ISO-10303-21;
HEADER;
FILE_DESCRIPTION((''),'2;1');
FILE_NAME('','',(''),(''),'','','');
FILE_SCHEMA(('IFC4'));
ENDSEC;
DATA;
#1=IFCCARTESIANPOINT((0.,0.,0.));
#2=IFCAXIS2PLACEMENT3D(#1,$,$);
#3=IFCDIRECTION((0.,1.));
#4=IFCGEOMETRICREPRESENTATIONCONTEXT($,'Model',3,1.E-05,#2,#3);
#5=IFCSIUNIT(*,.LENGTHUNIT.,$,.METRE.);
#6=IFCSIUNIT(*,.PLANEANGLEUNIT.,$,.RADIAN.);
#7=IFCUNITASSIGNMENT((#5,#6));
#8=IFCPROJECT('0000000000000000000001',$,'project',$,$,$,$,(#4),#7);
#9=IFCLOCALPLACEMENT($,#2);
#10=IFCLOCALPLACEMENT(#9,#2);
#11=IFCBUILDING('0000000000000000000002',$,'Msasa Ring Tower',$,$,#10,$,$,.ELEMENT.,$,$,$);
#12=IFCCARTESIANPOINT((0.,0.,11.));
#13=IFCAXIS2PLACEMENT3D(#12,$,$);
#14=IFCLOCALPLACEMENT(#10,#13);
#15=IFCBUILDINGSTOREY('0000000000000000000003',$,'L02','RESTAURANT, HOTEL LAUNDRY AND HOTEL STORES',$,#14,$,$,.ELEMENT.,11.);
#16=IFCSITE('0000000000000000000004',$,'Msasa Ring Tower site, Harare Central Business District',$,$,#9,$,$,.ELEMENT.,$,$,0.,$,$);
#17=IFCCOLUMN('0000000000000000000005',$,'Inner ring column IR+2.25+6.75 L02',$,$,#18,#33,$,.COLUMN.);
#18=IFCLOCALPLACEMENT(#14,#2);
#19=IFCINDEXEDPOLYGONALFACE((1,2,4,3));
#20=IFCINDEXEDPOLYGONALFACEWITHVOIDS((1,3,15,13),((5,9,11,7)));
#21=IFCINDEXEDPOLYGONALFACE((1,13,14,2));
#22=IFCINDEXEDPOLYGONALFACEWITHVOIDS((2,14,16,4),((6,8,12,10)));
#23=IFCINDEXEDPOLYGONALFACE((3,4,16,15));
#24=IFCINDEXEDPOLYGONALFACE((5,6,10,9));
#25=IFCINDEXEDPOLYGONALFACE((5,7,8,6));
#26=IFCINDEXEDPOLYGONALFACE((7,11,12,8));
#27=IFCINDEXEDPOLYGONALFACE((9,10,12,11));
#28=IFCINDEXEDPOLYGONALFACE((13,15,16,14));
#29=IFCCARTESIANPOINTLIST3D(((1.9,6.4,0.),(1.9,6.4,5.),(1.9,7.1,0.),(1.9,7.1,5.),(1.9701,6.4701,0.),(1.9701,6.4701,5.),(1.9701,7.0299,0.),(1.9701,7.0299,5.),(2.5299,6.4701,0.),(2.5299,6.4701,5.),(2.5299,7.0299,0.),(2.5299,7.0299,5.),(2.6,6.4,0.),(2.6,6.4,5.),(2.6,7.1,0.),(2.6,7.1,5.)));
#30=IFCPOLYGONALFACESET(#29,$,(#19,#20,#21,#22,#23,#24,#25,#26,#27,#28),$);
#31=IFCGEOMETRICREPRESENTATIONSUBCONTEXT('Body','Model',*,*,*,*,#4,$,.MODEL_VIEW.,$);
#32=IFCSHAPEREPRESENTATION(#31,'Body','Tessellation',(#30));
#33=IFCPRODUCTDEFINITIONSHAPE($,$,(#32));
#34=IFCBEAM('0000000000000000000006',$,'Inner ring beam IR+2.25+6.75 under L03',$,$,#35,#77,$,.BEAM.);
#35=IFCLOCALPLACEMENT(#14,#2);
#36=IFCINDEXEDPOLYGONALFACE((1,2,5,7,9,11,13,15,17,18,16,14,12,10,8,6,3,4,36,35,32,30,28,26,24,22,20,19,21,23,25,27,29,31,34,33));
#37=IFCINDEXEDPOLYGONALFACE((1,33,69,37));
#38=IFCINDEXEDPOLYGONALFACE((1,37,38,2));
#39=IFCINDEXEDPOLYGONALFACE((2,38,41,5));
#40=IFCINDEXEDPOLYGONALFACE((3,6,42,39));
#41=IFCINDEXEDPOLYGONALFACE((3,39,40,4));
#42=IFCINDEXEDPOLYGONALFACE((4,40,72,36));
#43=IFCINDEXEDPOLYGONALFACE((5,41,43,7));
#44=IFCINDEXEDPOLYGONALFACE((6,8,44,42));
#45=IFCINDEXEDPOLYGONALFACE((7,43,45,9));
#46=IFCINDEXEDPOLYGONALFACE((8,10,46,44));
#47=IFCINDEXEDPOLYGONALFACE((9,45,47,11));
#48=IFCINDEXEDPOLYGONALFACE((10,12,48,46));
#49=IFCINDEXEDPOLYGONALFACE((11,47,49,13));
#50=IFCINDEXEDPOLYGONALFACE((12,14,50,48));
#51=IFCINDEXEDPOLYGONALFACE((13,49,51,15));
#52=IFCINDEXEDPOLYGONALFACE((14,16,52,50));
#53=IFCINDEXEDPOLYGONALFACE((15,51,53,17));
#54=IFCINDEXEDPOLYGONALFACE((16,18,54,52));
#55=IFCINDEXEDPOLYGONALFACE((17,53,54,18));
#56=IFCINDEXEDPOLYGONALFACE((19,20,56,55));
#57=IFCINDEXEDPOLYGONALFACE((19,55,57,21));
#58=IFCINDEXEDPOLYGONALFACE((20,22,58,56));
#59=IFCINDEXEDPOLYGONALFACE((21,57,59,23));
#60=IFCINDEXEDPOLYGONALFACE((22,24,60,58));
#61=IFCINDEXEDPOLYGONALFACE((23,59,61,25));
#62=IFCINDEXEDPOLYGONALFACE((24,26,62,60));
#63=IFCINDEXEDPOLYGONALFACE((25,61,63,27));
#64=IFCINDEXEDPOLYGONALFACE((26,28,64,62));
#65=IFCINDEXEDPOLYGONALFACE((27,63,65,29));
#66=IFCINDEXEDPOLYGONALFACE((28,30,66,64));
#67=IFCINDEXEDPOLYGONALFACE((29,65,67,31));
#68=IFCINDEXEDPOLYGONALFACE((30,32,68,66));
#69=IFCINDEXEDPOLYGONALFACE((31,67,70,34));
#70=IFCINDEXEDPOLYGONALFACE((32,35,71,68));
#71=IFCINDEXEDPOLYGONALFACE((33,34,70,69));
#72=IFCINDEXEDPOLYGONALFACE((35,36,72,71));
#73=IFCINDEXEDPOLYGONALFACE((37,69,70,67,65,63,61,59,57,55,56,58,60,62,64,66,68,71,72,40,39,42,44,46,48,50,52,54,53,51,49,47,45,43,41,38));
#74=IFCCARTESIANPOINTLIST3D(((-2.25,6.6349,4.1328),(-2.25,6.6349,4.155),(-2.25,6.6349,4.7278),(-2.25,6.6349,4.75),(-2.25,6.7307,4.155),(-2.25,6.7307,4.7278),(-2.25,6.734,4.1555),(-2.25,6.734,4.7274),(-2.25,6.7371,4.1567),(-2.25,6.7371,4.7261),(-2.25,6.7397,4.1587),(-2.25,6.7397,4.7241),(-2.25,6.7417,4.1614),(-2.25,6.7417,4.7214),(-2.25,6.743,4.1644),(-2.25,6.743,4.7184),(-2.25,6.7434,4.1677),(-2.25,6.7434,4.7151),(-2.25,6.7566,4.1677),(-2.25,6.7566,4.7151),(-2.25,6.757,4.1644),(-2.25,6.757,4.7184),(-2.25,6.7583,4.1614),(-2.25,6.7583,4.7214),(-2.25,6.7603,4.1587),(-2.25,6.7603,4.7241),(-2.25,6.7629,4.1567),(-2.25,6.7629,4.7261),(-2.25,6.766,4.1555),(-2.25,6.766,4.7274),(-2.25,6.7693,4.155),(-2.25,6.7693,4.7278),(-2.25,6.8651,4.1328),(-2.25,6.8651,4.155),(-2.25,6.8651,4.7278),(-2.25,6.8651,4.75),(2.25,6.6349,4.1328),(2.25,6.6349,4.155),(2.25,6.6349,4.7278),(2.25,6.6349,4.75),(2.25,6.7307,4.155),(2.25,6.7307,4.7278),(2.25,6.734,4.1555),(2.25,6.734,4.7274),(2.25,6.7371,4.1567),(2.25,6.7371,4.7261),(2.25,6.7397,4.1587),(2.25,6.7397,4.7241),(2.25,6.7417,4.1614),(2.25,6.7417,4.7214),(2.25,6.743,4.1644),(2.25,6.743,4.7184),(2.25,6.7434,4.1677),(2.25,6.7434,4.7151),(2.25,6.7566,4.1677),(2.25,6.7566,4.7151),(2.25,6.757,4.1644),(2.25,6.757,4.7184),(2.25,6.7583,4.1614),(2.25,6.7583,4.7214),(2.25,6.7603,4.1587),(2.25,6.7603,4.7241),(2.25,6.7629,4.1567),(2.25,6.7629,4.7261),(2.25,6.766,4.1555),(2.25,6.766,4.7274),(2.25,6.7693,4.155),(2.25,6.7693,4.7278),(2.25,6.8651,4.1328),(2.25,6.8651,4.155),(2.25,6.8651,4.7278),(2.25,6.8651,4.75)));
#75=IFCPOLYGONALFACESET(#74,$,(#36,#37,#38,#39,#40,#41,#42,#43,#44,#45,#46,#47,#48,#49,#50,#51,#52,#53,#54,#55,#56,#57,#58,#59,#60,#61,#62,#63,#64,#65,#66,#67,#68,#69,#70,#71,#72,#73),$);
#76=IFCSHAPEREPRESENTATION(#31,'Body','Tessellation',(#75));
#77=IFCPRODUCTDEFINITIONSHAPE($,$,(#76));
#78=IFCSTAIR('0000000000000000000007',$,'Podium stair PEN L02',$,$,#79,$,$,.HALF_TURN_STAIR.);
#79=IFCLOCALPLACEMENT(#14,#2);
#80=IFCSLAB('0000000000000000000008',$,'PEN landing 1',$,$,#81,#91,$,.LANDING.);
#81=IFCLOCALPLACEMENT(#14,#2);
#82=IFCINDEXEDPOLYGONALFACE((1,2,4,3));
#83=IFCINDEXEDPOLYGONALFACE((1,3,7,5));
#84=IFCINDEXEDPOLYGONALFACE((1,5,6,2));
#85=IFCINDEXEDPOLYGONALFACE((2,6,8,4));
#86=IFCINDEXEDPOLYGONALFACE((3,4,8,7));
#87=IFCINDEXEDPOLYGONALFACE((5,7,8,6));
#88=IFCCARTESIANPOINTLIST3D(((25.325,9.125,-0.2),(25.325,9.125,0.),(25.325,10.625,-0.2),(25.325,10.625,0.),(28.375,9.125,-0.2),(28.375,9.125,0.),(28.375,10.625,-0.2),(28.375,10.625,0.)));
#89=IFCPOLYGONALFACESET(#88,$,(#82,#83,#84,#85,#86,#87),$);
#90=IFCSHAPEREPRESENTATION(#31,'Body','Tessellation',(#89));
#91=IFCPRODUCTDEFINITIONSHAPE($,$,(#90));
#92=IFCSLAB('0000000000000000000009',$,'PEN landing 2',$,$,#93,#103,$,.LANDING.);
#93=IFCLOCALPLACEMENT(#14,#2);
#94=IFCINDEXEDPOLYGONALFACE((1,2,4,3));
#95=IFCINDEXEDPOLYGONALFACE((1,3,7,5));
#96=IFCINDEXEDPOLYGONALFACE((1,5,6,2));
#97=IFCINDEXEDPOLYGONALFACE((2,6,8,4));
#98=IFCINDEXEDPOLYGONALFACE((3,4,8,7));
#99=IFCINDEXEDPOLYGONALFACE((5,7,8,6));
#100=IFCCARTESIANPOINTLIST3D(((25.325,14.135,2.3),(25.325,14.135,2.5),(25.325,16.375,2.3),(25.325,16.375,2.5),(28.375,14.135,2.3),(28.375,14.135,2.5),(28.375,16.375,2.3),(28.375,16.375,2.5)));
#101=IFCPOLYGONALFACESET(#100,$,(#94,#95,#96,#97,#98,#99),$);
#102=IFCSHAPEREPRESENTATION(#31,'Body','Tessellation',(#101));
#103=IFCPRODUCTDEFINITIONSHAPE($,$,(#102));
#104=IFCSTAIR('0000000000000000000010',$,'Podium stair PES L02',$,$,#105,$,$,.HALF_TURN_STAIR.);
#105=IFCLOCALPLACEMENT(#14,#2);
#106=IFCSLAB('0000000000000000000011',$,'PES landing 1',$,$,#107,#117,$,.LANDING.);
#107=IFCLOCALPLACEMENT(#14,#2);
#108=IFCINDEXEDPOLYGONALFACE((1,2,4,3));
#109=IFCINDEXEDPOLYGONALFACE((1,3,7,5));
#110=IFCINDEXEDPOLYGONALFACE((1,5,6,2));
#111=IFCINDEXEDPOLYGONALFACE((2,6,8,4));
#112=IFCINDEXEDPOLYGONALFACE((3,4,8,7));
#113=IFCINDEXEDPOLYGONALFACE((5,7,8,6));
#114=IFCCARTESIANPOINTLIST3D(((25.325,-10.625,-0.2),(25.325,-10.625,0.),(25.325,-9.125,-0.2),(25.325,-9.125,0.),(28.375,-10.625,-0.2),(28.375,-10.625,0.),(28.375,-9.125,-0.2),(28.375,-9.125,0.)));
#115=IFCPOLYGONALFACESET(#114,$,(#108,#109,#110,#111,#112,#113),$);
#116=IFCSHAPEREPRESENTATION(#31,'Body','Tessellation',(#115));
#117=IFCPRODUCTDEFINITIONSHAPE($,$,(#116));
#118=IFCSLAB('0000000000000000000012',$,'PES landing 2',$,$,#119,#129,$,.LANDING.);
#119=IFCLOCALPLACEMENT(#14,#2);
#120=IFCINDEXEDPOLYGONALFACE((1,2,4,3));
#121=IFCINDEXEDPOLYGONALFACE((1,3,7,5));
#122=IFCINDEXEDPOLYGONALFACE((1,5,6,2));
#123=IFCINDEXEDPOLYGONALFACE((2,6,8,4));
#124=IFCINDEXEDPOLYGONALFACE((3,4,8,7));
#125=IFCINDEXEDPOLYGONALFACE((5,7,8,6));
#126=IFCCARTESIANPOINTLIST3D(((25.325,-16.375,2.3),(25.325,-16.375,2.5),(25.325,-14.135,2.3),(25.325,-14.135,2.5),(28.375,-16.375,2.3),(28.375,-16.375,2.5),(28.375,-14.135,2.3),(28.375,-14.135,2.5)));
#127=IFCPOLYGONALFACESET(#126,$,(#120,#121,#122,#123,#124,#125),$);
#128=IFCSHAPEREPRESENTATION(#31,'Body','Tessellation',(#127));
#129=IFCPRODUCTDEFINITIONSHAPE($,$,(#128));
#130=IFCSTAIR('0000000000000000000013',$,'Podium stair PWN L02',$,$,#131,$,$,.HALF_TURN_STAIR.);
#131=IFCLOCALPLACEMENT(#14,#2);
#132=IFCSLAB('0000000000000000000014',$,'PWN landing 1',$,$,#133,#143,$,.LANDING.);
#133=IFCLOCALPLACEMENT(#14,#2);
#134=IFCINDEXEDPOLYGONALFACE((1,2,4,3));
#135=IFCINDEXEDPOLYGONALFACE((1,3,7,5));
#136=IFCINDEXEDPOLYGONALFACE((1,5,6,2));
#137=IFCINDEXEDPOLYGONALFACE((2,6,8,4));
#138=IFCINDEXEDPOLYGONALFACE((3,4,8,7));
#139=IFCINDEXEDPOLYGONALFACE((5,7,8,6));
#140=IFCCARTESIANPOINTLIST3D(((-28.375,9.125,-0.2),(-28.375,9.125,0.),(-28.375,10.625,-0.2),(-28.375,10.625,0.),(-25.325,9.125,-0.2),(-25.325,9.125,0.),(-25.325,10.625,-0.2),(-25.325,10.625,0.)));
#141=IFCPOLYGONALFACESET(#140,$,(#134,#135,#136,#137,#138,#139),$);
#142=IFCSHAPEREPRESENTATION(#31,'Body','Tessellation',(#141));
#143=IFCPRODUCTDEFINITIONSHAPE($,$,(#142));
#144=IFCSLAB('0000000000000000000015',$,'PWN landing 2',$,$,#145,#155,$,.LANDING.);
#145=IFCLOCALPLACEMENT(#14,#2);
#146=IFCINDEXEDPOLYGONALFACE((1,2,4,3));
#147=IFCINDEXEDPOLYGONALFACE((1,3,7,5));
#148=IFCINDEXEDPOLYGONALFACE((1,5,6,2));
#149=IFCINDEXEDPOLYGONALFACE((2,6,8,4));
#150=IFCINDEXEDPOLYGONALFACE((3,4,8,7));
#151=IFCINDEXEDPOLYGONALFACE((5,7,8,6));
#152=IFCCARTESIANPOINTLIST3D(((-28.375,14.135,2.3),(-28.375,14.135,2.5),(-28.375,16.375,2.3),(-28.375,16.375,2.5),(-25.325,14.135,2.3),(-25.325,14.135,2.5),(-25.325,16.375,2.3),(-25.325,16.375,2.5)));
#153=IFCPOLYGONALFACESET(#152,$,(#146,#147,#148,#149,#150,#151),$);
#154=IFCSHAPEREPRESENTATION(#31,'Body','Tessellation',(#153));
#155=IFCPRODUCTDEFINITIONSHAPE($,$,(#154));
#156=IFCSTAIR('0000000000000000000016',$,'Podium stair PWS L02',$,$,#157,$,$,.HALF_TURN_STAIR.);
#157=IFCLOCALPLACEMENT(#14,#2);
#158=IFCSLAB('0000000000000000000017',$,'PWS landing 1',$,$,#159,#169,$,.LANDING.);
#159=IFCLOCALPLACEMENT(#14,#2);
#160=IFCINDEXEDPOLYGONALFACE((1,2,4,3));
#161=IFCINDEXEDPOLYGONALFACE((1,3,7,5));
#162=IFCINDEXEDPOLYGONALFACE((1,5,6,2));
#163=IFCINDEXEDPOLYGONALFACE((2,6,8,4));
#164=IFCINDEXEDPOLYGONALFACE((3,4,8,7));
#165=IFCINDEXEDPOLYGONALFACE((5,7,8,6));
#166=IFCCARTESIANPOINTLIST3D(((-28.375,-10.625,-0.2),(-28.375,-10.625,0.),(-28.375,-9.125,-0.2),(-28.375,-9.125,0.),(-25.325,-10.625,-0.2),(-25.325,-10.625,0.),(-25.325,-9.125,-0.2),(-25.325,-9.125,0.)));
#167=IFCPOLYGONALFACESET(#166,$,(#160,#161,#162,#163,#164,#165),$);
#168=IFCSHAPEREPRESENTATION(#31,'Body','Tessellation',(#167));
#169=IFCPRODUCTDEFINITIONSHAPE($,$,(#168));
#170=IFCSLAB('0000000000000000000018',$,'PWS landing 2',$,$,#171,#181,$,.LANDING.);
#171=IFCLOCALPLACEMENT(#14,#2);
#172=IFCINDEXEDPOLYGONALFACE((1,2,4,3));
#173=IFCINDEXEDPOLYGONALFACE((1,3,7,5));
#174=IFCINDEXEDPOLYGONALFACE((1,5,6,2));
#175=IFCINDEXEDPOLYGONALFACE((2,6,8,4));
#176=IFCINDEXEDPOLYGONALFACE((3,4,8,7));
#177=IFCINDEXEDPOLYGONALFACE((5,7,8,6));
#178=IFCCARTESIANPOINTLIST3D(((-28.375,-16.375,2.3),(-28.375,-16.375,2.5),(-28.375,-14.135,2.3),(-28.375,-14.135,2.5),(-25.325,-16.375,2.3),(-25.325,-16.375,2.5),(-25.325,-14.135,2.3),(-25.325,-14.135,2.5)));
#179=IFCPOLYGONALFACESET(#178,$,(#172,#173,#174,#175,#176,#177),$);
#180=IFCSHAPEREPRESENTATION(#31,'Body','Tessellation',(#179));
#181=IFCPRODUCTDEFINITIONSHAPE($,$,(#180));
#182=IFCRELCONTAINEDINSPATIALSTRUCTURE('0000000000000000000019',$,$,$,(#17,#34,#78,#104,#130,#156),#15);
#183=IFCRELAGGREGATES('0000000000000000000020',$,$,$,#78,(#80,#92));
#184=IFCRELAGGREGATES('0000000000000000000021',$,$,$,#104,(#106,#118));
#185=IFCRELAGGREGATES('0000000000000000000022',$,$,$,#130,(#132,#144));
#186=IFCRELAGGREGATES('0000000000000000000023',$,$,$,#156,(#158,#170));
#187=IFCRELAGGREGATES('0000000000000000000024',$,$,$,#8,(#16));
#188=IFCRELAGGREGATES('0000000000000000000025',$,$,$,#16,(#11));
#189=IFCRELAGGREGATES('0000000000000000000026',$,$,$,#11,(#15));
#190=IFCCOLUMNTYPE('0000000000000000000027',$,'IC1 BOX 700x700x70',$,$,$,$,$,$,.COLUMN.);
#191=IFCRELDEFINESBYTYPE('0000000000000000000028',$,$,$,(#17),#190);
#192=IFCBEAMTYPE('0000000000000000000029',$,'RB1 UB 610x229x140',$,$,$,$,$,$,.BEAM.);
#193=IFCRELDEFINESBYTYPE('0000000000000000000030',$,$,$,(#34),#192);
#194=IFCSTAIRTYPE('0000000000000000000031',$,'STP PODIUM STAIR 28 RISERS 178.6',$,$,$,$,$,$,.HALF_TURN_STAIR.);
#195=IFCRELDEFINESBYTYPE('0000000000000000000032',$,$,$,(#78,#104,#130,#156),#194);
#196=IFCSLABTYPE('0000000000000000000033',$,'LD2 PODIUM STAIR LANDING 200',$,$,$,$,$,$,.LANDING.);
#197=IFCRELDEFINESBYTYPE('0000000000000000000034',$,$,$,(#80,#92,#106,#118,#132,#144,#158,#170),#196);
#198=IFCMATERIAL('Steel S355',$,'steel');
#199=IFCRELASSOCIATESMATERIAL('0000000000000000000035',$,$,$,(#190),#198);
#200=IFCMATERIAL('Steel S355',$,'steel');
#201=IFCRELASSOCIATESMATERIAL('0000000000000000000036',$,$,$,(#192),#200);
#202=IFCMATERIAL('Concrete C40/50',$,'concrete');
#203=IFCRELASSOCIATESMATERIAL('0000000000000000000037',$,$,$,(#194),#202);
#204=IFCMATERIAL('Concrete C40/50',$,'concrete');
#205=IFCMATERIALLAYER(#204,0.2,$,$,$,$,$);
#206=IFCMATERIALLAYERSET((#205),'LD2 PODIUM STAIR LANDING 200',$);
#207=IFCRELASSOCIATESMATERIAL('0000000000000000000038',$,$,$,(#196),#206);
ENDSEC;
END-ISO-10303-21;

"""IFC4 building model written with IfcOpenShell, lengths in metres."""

from ifc_helpers import new_model, si_unit, direction, frame, origin, origin_2d, place, context, subcontext, project, spatial, polyline, hollow_rectangle, i_section, outline, extrude, material, layer, layer_set, material_profile, profile_set, type_object, element, aggregate, save


model = new_model("IFC4")

# Units and contexts
model_context = context("Model", 3, precision=1e-05, world=origin(), true_north=direction((0.0, 1.0)))
body_context = subcontext(model_context, "Body", "Model", "MODEL_VIEW")
ifc_project = project(units=[si_unit("LENGTHUNIT", "METRE"), si_unit("PLANEANGLEUNIT", "RADIAN")], contexts=[model_context])

# Site, building, storey
site_placement = place(None, origin())
site = spatial("IfcSite", under=ifc_project, at=site_placement, Name="Msasa Ring Tower site, Harare Central Business District", CompositionType="ELEMENT", RefElevation=0.0)
building_placement = place(site_placement, origin())
building = spatial("IfcBuilding", under=site, at=building_placement, Name="Msasa Ring Tower", CompositionType="ELEMENT")
storey_placement = place(building_placement, frame((0.0, 0.0, 11.0)))
storey = spatial("IfcBuildingStorey", under=building, at=storey_placement, Name="L02", Description="RESTAURANT, HOTEL LAUNDRY AND HOTEL STORES", CompositionType="ELEMENT", Elevation=11.0)

# Column
ifc_material_1 = material(Name="Steel S355", Category="steel")
ifc_material_profile_1 = material_profile(ifc_material_1, hollow_rectangle(XDim=0.7, YDim=0.7, WallThickness=0.0701, at=origin_2d()), Name="BOX 700x700x70")
ifc_profile_set_1 = profile_set([ifc_material_profile_1], Name="Steel S355")
column_type = type_object("IfcColumnType", Name="IC1 BOX 700x700x70", PredefinedType="COLUMN", material=ifc_profile_set_1)
column_placement = place(storey_placement, frame((2.25, 6.75, 0.0), z_axis=(0.0, 0.0, 1.0), x_axis=(1.0, 0.0, 0.0)))
element("IfcColumn", 1, at=column_placement, inside=storey, type_object=column_type, Name="Inner ring column IR+2.25+6.75 L02", PredefinedType="COLUMN", context=body_context, shape_type="SweptSolid", body=[
    extrude(hollow_rectangle(XDim=0.7, YDim=0.7, WallThickness=0.0701, at=origin_2d()), origin(), (0.0, 0.0, 1.0), 5.0),
])

# Beam
ifc_material_2 = material(Name="Steel S355", Category="steel")
ifc_material_profile_2 = material_profile(ifc_material_2, i_section(OverallWidth=0.2302, OverallDepth=0.6172, WebThickness=0.0132, FlangeThickness=0.0222, FilletRadius=0.0127, at=origin_2d()), Name="UB 610x229x140")
ifc_profile_set_2 = profile_set([ifc_material_profile_2], Name="Steel S355")
beam_type = type_object("IfcBeamType", Name="RB1 UB 610x229x140", PredefinedType="BEAM", material=ifc_profile_set_2)
beam_placement = place(storey_placement, frame((2.25, 6.75, 4.4414), z_axis=(-1.0, 0.0, 0.0), x_axis=(0.0, -1.0, 0.0)))
element("IfcBeam", 2, at=beam_placement, inside=storey, type_object=beam_type, Name="Inner ring beam IR+2.25+6.75 under L03", PredefinedType="BEAM", context=body_context, shape_type="SweptSolid", body=[
    extrude(i_section(OverallWidth=0.2302, OverallDepth=0.6172, WebThickness=0.0132, FlangeThickness=0.0222, FilletRadius=0.0127, at=origin_2d()), origin(), (0.0, 0.0, 1.0), 4.5),
])

# Stairs, slabs
ifc_material_3 = material(Name="Concrete C40/50", Category="concrete")
stair_type = type_object("IfcStairType", Name="STP PODIUM STAIR 28 RISERS 178.6", PredefinedType="HALF_TURN_STAIR", material=ifc_material_3)
stair_1_placement = place(storey_placement, origin())
stair_1 = element("IfcStair", 3, at=stair_1_placement, inside=storey, type_object=stair_type, Name="Podium stair PEN L02", PredefinedType="HALF_TURN_STAIR")
ifc_material_4 = material(Name="Concrete C40/50", Category="concrete")
ifc_layer_1 = layer(ifc_material_4, 0.2)
ifc_layer_set_1 = layer_set([ifc_layer_1], Name="LD2 PODIUM STAIR LANDING 200")
slab_type = type_object("IfcSlabType", Name="LD2 PODIUM STAIR LANDING 200", PredefinedType="LANDING", material=ifc_layer_set_1)
slab_1_placement = place(storey_placement, frame((0.0, 0.0, -0.2)))
slab_1 = element("IfcSlab", 4, at=slab_1_placement, type_object=slab_type, Name="PEN landing 1", PredefinedType="LANDING", context=body_context, shape_type="SweptSolid", body=[
    extrude(outline(polyline([(25.325, 9.125), (28.375, 9.125), (28.375, 10.625), (25.325, 10.625), (25.325, 9.125)])), origin(), (0.0, 0.0, 1.0), 0.2),
])
slab_2_placement = place(storey_placement, frame((0.0, 0.0, 2.3)))
slab_2 = element("IfcSlab", 5, at=slab_2_placement, type_object=slab_type, Name="PEN landing 2", PredefinedType="LANDING", context=body_context, shape_type="SweptSolid", body=[
    extrude(outline(polyline([(25.325, 14.135), (28.375, 14.135), (28.375, 16.375), (25.325, 16.375), (25.325, 14.135)])), origin(), (0.0, 0.0, 1.0), 0.2),
])
aggregate(stair_1, [slab_1, slab_2])
stair_2_placement = place(storey_placement, origin())
stair_2 = element("IfcStair", 6, at=stair_2_placement, inside=storey, type_object=stair_type, Name="Podium stair PES L02", PredefinedType="HALF_TURN_STAIR")
slab_3_placement = place(storey_placement, frame((0.0, 0.0, -0.2)))
slab_3 = element("IfcSlab", 7, at=slab_3_placement, type_object=slab_type, Name="PES landing 1", PredefinedType="LANDING", context=body_context, shape_type="SweptSolid", body=[
    extrude(outline(polyline([(25.325, -10.625), (28.375, -10.625), (28.375, -9.125), (25.325, -9.125), (25.325, -10.625)])), origin(), (0.0, 0.0, 1.0), 0.2),
])
slab_4_placement = place(storey_placement, frame((0.0, 0.0, 2.3)))
slab_4 = element("IfcSlab", 8, at=slab_4_placement, type_object=slab_type, Name="PES landing 2", PredefinedType="LANDING", context=body_context, shape_type="SweptSolid", body=[
    extrude(outline(polyline([(25.325, -16.375), (28.375, -16.375), (28.375, -14.135), (25.325, -14.135), (25.325, -16.375)])), origin(), (0.0, 0.0, 1.0), 0.2),
])
aggregate(stair_2, [slab_3, slab_4])
stair_3_placement = place(storey_placement, origin())
stair_3 = element("IfcStair", 9, at=stair_3_placement, inside=storey, type_object=stair_type, Name="Podium stair PWN L02", PredefinedType="HALF_TURN_STAIR")
slab_5_placement = place(storey_placement, frame((0.0, 0.0, -0.2)))
slab_5 = element("IfcSlab", 10, at=slab_5_placement, type_object=slab_type, Name="PWN landing 1", PredefinedType="LANDING", context=body_context, shape_type="SweptSolid", body=[
    extrude(outline(polyline([(-28.375, 9.125), (-25.325, 9.125), (-25.325, 10.625), (-28.375, 10.625), (-28.375, 9.125)])), origin(), (0.0, 0.0, 1.0), 0.2),
])
slab_6_placement = place(storey_placement, frame((0.0, 0.0, 2.3)))
slab_6 = element("IfcSlab", 11, at=slab_6_placement, type_object=slab_type, Name="PWN landing 2", PredefinedType="LANDING", context=body_context, shape_type="SweptSolid", body=[
    extrude(outline(polyline([(-28.375, 14.135), (-25.325, 14.135), (-25.325, 16.375), (-28.375, 16.375), (-28.375, 14.135)])), origin(), (0.0, 0.0, 1.0), 0.2),
])
aggregate(stair_3, [slab_5, slab_6])
stair_4_placement = place(storey_placement, origin())
stair_4 = element("IfcStair", 12, at=stair_4_placement, inside=storey, type_object=stair_type, Name="Podium stair PWS L02", PredefinedType="HALF_TURN_STAIR")
slab_7_placement = place(storey_placement, frame((0.0, 0.0, -0.2)))
slab_7 = element("IfcSlab", 13, at=slab_7_placement, type_object=slab_type, Name="PWS landing 1", PredefinedType="LANDING", context=body_context, shape_type="SweptSolid", body=[
    extrude(outline(polyline([(-28.375, -10.625), (-25.325, -10.625), (-25.325, -9.125), (-28.375, -9.125), (-28.375, -10.625)])), origin(), (0.0, 0.0, 1.0), 0.2),
])
slab_8_placement = place(storey_placement, frame((0.0, 0.0, 2.3)))
slab_8 = element("IfcSlab", 14, at=slab_8_placement, type_object=slab_type, Name="PWS landing 2", PredefinedType="LANDING", context=body_context, shape_type="SweptSolid", body=[
    extrude(outline(polyline([(-28.375, -16.375), (-25.325, -16.375), (-25.325, -14.135), (-28.375, -14.135), (-28.375, -16.375)])), origin(), (0.0, 0.0, 1.0), 0.2),
])
aggregate(stair_4, [slab_7, slab_8])

save(model, "model.ifc")
